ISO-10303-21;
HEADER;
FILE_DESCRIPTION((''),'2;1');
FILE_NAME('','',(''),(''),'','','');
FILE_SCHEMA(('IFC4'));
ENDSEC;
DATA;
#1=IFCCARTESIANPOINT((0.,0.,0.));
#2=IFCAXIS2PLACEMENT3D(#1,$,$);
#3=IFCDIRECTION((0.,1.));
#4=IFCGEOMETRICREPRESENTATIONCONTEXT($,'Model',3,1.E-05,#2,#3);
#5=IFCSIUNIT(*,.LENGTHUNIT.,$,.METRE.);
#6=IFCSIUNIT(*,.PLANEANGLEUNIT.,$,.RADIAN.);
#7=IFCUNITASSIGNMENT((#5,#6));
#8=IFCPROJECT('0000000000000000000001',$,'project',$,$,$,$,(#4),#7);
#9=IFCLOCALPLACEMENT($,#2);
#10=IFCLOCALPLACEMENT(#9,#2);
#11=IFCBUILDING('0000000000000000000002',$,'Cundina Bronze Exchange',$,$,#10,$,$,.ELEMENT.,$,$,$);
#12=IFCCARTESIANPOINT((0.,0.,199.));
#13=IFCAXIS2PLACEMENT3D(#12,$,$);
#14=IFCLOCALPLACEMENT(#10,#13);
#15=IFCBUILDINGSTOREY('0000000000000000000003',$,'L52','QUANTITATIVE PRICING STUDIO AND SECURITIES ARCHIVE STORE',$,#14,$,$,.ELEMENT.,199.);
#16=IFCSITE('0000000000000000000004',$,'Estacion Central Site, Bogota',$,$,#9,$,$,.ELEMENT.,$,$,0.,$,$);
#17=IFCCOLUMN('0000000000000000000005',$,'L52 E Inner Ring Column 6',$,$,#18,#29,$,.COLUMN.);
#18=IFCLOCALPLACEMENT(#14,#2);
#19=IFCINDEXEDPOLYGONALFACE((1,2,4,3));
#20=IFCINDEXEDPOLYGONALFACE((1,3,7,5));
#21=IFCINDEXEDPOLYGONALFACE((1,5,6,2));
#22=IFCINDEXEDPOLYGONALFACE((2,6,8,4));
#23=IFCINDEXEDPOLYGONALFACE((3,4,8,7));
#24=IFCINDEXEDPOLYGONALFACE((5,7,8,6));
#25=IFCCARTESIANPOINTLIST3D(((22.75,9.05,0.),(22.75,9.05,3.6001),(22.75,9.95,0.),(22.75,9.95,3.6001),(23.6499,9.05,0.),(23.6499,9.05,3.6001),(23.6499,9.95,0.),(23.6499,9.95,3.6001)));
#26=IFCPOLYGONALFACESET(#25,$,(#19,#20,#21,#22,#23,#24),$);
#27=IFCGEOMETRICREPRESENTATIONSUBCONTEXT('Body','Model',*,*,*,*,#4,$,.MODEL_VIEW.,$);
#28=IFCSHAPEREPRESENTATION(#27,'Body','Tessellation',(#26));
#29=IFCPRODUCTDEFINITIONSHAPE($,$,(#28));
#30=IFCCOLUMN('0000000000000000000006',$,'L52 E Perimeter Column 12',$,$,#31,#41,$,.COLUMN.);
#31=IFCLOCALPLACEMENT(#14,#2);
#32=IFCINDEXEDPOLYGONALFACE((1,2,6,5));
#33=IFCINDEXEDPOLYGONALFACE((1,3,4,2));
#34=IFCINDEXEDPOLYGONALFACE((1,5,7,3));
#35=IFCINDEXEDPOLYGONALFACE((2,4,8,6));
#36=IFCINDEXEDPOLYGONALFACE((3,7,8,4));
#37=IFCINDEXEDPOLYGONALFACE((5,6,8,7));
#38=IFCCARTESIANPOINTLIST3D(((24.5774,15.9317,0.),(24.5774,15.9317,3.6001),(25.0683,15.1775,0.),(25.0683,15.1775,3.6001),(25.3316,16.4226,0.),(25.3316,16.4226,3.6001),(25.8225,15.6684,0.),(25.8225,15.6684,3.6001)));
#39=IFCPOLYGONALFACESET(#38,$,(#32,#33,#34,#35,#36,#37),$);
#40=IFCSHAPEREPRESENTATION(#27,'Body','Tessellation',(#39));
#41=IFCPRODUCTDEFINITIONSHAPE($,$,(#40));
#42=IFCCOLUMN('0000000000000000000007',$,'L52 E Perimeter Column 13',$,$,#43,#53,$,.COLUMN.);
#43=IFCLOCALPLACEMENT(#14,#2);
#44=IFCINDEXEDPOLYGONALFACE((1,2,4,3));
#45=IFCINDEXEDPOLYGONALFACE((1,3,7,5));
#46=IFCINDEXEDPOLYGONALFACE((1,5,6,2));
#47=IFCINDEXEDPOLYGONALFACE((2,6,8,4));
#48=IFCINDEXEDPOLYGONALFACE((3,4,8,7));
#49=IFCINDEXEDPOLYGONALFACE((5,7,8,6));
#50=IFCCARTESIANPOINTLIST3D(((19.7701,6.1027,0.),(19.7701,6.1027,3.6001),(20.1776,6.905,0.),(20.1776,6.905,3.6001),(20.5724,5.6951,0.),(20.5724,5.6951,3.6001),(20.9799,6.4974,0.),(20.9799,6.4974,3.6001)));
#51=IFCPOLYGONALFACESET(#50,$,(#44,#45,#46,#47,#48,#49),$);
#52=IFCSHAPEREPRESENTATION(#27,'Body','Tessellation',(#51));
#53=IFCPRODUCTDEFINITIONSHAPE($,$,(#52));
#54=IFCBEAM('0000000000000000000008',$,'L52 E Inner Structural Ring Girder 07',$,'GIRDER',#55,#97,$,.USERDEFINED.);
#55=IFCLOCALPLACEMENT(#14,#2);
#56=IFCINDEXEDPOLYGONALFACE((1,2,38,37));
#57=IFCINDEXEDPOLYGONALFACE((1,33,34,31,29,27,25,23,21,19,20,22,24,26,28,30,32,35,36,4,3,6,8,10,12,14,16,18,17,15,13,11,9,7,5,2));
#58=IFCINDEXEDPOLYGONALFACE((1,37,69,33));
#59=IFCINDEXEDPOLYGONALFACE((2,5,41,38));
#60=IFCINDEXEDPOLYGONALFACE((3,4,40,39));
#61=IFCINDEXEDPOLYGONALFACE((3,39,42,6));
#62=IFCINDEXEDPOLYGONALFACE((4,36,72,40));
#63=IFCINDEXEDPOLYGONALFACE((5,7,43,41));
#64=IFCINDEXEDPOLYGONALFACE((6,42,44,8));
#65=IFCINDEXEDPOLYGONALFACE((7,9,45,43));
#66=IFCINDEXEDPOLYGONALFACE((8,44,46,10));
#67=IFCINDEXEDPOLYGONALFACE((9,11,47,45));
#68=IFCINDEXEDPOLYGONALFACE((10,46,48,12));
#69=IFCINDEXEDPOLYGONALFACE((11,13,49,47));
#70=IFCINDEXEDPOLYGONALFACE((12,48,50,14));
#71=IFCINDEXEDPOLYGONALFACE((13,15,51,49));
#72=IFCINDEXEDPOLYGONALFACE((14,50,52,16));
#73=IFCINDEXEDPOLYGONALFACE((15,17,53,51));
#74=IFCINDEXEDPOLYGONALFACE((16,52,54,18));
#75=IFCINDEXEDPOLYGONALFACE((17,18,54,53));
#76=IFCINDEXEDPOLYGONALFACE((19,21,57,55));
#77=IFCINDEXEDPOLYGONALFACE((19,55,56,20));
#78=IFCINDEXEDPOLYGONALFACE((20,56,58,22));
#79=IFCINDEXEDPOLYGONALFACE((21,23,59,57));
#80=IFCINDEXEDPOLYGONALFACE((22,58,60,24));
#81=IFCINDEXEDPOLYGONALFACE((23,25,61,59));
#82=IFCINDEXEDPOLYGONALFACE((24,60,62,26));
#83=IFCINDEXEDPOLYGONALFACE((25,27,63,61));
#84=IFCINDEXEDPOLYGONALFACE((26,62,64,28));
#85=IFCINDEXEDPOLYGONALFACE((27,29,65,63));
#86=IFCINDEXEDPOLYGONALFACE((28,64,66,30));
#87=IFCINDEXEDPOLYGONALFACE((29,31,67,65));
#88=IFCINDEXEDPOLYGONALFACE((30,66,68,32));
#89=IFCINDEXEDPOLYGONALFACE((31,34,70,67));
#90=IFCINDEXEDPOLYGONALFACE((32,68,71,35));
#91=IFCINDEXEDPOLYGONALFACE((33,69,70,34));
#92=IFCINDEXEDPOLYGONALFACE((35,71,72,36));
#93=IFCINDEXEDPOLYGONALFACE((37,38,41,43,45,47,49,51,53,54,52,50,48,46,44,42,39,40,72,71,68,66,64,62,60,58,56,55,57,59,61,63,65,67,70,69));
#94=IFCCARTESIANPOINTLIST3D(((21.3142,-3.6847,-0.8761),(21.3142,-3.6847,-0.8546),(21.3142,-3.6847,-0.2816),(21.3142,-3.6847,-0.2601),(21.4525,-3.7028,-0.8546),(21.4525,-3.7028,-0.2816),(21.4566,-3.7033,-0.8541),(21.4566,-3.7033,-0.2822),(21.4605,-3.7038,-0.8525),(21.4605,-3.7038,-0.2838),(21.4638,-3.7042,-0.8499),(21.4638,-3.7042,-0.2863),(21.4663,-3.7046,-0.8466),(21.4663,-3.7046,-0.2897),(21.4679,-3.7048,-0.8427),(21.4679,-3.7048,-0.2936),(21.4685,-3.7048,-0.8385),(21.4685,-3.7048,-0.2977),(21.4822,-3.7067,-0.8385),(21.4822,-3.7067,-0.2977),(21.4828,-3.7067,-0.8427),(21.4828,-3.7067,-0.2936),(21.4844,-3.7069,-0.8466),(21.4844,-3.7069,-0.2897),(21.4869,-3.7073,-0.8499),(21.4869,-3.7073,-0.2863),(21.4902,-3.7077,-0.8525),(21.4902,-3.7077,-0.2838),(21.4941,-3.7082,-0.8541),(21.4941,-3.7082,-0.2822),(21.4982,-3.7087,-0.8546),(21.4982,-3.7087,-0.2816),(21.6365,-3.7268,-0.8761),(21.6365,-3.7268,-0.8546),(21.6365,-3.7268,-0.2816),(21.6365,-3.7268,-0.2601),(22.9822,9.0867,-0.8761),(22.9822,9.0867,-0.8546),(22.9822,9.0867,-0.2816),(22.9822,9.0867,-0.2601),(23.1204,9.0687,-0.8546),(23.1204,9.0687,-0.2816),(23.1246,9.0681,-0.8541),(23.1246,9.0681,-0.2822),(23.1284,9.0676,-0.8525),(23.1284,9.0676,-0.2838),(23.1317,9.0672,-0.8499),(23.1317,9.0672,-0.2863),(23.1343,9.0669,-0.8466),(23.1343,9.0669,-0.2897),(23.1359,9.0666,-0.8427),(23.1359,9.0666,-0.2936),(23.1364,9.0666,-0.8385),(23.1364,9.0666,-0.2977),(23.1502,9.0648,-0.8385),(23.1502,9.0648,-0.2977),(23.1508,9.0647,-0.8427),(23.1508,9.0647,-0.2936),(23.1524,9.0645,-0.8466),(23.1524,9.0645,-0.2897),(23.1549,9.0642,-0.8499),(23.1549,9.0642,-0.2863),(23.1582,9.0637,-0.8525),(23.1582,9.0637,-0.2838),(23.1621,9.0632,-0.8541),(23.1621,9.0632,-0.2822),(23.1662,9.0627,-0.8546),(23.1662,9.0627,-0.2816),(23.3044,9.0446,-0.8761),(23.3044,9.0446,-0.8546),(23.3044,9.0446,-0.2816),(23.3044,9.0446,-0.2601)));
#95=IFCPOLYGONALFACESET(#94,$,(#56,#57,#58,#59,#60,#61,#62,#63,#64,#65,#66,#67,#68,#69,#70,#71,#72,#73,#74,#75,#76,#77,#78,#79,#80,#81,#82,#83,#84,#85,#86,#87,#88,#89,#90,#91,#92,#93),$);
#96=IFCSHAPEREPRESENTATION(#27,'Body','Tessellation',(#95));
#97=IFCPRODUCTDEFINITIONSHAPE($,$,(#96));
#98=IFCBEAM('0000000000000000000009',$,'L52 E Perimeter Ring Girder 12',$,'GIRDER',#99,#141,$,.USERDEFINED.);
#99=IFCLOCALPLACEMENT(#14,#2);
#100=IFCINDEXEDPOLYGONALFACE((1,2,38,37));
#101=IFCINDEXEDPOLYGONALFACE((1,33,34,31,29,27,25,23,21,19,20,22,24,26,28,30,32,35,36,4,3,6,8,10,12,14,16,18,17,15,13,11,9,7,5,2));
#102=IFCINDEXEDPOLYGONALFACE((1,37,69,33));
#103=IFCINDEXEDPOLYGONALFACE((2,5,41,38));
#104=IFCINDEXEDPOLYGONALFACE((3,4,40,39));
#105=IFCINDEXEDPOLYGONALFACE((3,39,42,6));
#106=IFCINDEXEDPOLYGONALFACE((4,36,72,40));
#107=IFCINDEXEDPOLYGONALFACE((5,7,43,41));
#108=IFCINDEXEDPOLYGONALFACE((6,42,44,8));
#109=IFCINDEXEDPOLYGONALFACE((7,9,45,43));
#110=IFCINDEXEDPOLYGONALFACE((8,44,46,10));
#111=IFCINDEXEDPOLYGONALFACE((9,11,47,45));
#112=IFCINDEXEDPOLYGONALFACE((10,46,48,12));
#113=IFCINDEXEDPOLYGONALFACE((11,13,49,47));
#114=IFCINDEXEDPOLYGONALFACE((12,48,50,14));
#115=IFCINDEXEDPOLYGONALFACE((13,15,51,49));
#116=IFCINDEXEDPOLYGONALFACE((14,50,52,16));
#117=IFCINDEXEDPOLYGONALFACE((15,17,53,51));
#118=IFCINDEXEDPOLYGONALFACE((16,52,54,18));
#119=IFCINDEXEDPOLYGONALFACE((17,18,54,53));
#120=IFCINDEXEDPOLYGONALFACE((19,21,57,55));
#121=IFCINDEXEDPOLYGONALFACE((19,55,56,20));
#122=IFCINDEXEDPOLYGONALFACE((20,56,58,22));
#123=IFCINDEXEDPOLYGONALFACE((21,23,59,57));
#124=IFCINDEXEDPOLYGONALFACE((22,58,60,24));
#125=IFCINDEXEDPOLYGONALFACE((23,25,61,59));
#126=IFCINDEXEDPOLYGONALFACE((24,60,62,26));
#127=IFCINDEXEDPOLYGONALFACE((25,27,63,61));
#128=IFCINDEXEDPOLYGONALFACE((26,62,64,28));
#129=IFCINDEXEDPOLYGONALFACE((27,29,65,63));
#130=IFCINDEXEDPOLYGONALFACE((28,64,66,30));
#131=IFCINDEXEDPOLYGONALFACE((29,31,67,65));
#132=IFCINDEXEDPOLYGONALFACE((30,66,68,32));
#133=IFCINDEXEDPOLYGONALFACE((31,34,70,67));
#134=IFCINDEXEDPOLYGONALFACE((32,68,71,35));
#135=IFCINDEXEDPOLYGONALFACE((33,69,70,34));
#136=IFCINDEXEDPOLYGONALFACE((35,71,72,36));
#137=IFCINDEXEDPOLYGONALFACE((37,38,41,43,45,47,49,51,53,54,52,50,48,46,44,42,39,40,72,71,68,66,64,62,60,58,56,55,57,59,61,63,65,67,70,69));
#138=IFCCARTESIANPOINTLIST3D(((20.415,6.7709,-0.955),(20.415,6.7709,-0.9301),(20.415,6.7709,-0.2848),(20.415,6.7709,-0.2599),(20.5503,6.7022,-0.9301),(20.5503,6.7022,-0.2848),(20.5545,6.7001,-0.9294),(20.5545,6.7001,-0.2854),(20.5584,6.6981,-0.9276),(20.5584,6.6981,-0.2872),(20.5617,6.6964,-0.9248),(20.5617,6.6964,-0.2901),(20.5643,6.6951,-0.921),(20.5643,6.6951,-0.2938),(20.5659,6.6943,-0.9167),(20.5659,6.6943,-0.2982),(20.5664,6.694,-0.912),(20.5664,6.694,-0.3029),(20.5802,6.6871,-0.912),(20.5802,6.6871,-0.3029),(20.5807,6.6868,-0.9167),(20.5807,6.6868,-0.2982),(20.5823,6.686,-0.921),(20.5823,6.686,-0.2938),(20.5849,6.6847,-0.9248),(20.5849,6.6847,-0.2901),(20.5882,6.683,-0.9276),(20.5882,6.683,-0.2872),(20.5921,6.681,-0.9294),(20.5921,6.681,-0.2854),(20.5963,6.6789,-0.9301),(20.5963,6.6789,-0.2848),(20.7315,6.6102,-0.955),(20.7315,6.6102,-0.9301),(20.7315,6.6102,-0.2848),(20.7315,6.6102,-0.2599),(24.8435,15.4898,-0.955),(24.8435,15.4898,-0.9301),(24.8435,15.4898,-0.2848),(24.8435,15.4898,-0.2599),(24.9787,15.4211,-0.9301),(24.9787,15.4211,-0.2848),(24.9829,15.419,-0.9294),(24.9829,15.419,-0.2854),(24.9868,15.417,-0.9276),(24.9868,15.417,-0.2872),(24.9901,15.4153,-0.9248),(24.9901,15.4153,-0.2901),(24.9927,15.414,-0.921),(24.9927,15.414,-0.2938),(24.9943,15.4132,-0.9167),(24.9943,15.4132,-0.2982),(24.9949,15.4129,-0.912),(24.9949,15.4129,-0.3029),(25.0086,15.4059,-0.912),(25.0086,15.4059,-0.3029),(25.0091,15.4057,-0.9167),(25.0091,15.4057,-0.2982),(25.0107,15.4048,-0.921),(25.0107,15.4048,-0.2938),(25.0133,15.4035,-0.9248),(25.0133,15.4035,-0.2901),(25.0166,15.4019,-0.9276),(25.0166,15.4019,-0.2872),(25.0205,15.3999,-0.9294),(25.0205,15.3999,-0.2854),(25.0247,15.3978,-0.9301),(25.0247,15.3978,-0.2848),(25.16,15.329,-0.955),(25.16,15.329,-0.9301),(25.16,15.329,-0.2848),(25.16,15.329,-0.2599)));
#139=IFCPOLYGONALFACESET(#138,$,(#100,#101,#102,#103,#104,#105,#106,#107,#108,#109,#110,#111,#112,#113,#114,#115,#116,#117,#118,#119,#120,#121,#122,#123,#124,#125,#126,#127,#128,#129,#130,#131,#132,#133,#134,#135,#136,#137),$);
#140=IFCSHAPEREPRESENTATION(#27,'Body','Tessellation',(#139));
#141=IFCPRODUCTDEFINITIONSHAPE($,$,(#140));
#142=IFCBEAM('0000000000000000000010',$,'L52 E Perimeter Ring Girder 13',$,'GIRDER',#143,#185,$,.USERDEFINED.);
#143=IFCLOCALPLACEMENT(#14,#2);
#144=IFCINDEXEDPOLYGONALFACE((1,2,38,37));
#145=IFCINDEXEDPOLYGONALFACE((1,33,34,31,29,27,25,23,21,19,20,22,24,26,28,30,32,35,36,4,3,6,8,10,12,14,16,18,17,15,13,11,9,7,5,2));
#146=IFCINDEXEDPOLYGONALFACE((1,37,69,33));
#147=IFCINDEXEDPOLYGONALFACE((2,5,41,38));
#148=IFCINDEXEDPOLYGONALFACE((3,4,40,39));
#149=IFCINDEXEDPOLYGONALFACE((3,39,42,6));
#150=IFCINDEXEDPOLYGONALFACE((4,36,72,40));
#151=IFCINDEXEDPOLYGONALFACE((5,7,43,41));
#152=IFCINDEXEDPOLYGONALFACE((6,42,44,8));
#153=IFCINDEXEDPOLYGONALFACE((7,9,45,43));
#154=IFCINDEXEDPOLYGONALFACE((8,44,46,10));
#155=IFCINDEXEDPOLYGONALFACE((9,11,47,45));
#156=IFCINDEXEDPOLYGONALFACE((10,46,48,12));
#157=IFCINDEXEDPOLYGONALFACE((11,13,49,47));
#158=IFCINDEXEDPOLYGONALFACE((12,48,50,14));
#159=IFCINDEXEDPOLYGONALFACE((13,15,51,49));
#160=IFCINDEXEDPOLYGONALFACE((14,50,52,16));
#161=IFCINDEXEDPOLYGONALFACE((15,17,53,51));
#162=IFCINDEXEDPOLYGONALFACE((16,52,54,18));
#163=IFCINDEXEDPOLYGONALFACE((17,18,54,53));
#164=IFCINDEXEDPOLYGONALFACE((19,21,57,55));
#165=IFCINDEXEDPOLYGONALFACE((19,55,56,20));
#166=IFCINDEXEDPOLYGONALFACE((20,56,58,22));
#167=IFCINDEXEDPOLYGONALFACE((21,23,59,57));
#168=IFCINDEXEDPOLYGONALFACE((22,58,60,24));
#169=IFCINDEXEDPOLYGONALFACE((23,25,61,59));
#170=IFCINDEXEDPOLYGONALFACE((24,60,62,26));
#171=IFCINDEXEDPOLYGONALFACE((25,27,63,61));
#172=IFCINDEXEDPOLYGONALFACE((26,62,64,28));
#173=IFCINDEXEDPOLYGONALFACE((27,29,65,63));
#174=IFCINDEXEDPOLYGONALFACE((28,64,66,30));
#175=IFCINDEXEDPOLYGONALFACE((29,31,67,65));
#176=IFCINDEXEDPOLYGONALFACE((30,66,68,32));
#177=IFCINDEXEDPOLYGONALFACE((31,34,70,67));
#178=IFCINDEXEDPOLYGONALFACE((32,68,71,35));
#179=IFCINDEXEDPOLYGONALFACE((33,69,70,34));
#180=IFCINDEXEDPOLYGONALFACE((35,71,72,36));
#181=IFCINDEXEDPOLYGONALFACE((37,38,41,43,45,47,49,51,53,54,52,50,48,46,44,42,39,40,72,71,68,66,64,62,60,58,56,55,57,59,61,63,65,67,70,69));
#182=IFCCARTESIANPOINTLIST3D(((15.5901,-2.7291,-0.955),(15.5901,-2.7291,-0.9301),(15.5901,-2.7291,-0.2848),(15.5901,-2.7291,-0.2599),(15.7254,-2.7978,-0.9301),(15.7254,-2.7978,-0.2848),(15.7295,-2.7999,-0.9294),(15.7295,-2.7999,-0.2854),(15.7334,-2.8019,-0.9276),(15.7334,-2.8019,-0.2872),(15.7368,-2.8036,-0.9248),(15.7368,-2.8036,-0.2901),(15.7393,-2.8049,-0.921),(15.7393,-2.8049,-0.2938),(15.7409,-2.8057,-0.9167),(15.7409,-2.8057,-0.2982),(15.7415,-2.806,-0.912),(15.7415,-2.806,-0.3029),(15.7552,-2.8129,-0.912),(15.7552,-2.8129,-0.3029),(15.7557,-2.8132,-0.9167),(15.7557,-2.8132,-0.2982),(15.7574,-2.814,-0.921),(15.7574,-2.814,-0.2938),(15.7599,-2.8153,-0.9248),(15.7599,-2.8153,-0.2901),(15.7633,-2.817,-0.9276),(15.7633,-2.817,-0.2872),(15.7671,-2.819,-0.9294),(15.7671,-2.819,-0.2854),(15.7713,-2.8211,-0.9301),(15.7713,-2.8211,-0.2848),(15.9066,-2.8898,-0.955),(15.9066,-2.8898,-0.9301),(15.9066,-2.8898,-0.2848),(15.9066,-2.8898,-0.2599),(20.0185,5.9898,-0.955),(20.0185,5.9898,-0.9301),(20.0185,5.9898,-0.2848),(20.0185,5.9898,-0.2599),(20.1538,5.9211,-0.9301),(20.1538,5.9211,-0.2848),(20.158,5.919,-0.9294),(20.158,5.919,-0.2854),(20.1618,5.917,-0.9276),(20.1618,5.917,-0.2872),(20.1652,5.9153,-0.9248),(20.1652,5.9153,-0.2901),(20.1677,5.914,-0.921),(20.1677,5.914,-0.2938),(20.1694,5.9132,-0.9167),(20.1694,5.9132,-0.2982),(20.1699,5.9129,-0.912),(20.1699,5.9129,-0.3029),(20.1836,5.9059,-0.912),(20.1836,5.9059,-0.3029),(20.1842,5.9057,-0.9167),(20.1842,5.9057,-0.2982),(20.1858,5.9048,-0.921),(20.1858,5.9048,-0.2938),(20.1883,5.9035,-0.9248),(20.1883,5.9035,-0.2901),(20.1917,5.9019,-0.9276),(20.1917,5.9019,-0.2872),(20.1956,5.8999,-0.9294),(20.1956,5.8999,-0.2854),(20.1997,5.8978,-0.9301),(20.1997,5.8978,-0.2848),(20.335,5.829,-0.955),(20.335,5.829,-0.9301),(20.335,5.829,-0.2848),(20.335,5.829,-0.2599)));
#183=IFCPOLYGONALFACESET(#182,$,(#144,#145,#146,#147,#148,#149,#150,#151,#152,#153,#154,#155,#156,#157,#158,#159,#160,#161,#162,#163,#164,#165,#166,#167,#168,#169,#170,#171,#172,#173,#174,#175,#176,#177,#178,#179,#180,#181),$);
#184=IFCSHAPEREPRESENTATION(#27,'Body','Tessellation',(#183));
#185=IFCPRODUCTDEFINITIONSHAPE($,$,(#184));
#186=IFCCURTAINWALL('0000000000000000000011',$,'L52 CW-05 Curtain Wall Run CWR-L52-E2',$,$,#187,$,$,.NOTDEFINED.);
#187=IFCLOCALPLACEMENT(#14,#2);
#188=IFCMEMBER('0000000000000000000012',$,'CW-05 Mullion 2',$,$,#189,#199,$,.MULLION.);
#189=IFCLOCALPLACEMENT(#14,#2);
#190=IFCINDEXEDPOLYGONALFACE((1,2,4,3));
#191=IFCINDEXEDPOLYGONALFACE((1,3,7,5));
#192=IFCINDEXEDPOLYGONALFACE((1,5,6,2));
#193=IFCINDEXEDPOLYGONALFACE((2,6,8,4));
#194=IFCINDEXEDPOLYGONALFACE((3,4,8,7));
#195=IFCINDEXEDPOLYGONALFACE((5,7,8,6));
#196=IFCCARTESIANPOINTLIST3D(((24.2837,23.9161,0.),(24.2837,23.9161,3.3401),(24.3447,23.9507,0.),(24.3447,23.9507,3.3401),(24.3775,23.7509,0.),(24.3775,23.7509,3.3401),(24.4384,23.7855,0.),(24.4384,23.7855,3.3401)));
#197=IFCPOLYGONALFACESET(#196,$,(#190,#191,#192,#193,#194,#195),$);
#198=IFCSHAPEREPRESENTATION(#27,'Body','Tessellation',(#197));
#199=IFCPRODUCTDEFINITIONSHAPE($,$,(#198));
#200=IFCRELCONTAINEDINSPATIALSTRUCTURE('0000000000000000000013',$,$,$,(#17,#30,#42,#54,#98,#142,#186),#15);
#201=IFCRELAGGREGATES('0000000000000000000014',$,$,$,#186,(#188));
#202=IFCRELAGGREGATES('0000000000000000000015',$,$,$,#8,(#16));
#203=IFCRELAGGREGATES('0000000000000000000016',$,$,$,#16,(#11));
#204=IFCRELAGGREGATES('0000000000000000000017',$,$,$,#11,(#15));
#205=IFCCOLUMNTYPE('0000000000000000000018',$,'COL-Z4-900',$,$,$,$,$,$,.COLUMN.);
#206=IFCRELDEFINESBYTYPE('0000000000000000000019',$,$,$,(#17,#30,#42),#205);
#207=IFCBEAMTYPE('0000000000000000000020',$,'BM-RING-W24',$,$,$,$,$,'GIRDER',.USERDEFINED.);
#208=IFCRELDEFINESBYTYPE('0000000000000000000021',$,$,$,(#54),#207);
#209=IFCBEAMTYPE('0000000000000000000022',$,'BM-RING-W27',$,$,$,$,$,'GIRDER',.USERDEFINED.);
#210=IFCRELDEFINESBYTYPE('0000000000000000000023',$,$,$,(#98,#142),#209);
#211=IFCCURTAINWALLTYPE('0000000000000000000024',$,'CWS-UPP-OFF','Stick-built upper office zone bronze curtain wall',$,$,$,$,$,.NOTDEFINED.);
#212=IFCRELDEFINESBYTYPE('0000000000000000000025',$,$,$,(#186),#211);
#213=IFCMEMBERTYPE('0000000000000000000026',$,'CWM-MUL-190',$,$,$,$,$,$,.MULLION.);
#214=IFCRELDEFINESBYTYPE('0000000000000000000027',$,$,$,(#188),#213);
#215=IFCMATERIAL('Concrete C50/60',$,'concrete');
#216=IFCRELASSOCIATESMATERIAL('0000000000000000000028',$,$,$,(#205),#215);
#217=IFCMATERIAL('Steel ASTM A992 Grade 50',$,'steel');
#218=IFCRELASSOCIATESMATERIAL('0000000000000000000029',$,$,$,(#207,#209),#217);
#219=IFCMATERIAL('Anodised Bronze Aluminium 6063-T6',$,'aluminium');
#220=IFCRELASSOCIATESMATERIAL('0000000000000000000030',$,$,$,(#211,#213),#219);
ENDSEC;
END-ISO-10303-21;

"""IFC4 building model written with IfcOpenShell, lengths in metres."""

from ifc_helpers import new_model, si_unit, direction, frame, origin, origin_2d, place, context, subcontext, project, spatial, rectangle, i_section, extrude, material, material_profile, profile_set, type_object, element, aggregate, save


model = new_model("IFC4")

# Units and contexts
model_context = context("Model", 3, precision=1e-05, world=origin(), true_north=direction((0.0, 1.0)))
body_context = subcontext(model_context, "Body", "Model", "MODEL_VIEW")
ifc_project = project(units=[si_unit("LENGTHUNIT", "METRE"), si_unit("PLANEANGLEUNIT", "RADIAN")], contexts=[model_context])

# Site, building, storey
site_placement = place(None, origin())
site = spatial("IfcSite", under=ifc_project, at=site_placement, Name="Estacion Central Site, Bogota", CompositionType="ELEMENT", RefElevation=0.0)
building_placement = place(site_placement, origin())
building = spatial("IfcBuilding", under=site, at=building_placement, Name="Cundina Bronze Exchange", CompositionType="ELEMENT")
storey_placement = place(building_placement, frame((0.0, 0.0, 199.0)))
storey = spatial("IfcBuildingStorey", under=building, at=storey_placement, Name="L52", Description="QUANTITATIVE PRICING STUDIO AND SECURITIES ARCHIVE STORE", CompositionType="ELEMENT", Elevation=199.0)

# Columns
ifc_material_1 = material(Name="Concrete C50/60", Category="concrete")
ifc_material_profile_1 = material_profile(ifc_material_1, rectangle(XDim=0.8999, YDim=0.8999, at=origin_2d()), Name="RC900X900", Category="concrete")
ifc_profile_set_1 = profile_set([ifc_material_profile_1], Name="Concrete C50/60")
column_type = type_object("IfcColumnType", Name="COL-Z4-900", PredefinedType="COLUMN", material=ifc_profile_set_1)
for number, where, z_axis, x_axis, name in (
    (1, (23.2, 9.5, 0.0), (0.0, 0.0, 1.0), (1.0, 0.0, 0.0), "L52 E Inner Ring Column 6"),
    (2, (25.2, 15.8, 0.0), (0.0, 0.0, 1.0), (-0.8381, -0.545517, 0.0), "L52 E Perimeter Column 12"),
    (3, (20.375, 6.3, 0.0), (0.0, 0.0, 1.0), (-0.452902, -0.891561, 0.0), "L52 E Perimeter Column 13"),
):
    element("IfcColumn", number, at=place(storey_placement, frame(where, z_axis=z_axis, x_axis=x_axis)), inside=storey, type_object=column_type, Name=name, PredefinedType="COLUMN", context=body_context, shape_type="SweptSolid", body=[
        extrude(rectangle(XDim=0.8999, YDim=0.8999, at=origin_2d()), origin(), (0.0, 0.0, 1.0), 3.6001),
    ])

# Beams
ifc_material_2 = material(Name="Steel ASTM A992 Grade 50", Category="steel")
ifc_material_profile_2 = material_profile(ifc_material_2, i_section(OverallWidth=0.325, OverallDepth=0.616, WebThickness=0.0139, FlangeThickness=0.0215, FilletRadius=0.0161, at=origin_2d()), Name="W24X117", Category="steel")
ifc_profile_set_2 = profile_set([ifc_material_profile_2], Name="Steel ASTM A992 Grade 50")
beam_type_1 = type_object("IfcBeamType", Name="BM-RING-W24", ElementType="GIRDER", PredefinedType="USERDEFINED", material=ifc_profile_set_2)
beam_placement = place(storey_placement, frame((23.1433, 9.0657, -0.5681), z_axis=(-0.129501, -0.991579, 0.0), x_axis=(0.991579, -0.129501, 0.0)))
element("IfcBeam", 4, at=beam_placement, inside=storey, type_object=beam_type_1, Name="L52 E Inner Structural Ring Girder 07", ObjectType="GIRDER", PredefinedType="USERDEFINED", context=body_context, shape_type="SweptSolid", body=[
    extrude(i_section(OverallWidth=0.325, OverallDepth=0.616, WebThickness=0.0139, FlangeThickness=0.0215, FilletRadius=0.0161, at=origin_2d()), origin(), (0.0, 0.0, 1.0), 12.8799),
])
ifc_material_profile_3 = material_profile(ifc_material_2, i_section(OverallWidth=0.355, OverallDepth=0.6951, WebThickness=0.0154, FlangeThickness=0.0249, FilletRadius=0.0181, at=origin_2d()), Name="W27X146", Category="steel")
ifc_profile_set_3 = profile_set([ifc_material_profile_3], Name="Steel ASTM A992 Grade 50")
beam_type_2 = type_object("IfcBeamType", Name="BM-RING-W27", ElementType="GIRDER", PredefinedType="USERDEFINED", material=ifc_profile_set_3)
for number, where, z_axis, x_axis, name in (
    (5, (25.0017, 15.4094, -0.6074), (-0.452847, -0.891588, 0.0), (0.891588, -0.452847, 0.0), "L52 E Perimeter Ring Girder 12"),
    (6, (20.1768, 5.9094, -0.6074), (-0.452847, -0.891588, 0.0), (0.891588, -0.452847, 0.0), "L52 E Perimeter Ring Girder 13"),
):
    element("IfcBeam", number, at=place(storey_placement, frame(where, z_axis=z_axis, x_axis=x_axis)), inside=storey, type_object=beam_type_2, Name=name, ObjectType="GIRDER", PredefinedType="USERDEFINED", context=body_context, shape_type="SweptSolid", body=[
        extrude(i_section(OverallWidth=0.355, OverallDepth=0.6951, WebThickness=0.0154, FlangeThickness=0.0249, FilletRadius=0.0181, at=origin_2d()), origin(), (0.0, 0.0, 1.0), 9.7791),
    ])

# Curtain wall, member
ifc_material_3 = material(Name="Anodised Bronze Aluminium 6063-T6", Category="aluminium")
curtain_wall_type = type_object("IfcCurtainWallType", Name="CWS-UPP-OFF", Description="Stick-built upper office zone bronze curtain wall", PredefinedType="NOTDEFINED", material=ifc_material_3)
curtain_wall_placement = place(storey_placement, origin())
curtain_wall = element("IfcCurtainWall", 7, at=curtain_wall_placement, inside=storey, type_object=curtain_wall_type, Name="L52 CW-05 Curtain Wall Run CWR-L52-E2", PredefinedType="NOTDEFINED")
ifc_material_profile_4 = material_profile(ifc_material_3, rectangle(XDim=0.0701, YDim=0.1899, at=origin_2d()), Name="AL70X190", Category="aluminium")
ifc_profile_set_4 = profile_set([ifc_material_profile_4], Name="Anodised Bronze Aluminium 6063-T6")
member_type_1 = type_object("IfcMemberType", Name="CWM-MUL-190", PredefinedType="MULLION", material=ifc_profile_set_4)
member_1_placement = place(storey_placement, frame((24.3611, 23.8508, 0.0), z_axis=(0.0, 0.0, 1.0), x_axis=(-0.869581, -0.49379, 0.0)))
member_1 = element("IfcMember", 8, at=member_1_placement, type_object=member_type_1, Name="CW-05 Mullion 2", PredefinedType="MULLION", context=body_context, shape_type="SweptSolid", body=[
    extrude(rectangle(XDim=0.0701, YDim=0.1899, at=origin_2d()), origin(), (0.0, 0.0, 1.0), 3.3401),
])
aggregate(curtain_wall, [member_1])

save(model, "model.ifc")
